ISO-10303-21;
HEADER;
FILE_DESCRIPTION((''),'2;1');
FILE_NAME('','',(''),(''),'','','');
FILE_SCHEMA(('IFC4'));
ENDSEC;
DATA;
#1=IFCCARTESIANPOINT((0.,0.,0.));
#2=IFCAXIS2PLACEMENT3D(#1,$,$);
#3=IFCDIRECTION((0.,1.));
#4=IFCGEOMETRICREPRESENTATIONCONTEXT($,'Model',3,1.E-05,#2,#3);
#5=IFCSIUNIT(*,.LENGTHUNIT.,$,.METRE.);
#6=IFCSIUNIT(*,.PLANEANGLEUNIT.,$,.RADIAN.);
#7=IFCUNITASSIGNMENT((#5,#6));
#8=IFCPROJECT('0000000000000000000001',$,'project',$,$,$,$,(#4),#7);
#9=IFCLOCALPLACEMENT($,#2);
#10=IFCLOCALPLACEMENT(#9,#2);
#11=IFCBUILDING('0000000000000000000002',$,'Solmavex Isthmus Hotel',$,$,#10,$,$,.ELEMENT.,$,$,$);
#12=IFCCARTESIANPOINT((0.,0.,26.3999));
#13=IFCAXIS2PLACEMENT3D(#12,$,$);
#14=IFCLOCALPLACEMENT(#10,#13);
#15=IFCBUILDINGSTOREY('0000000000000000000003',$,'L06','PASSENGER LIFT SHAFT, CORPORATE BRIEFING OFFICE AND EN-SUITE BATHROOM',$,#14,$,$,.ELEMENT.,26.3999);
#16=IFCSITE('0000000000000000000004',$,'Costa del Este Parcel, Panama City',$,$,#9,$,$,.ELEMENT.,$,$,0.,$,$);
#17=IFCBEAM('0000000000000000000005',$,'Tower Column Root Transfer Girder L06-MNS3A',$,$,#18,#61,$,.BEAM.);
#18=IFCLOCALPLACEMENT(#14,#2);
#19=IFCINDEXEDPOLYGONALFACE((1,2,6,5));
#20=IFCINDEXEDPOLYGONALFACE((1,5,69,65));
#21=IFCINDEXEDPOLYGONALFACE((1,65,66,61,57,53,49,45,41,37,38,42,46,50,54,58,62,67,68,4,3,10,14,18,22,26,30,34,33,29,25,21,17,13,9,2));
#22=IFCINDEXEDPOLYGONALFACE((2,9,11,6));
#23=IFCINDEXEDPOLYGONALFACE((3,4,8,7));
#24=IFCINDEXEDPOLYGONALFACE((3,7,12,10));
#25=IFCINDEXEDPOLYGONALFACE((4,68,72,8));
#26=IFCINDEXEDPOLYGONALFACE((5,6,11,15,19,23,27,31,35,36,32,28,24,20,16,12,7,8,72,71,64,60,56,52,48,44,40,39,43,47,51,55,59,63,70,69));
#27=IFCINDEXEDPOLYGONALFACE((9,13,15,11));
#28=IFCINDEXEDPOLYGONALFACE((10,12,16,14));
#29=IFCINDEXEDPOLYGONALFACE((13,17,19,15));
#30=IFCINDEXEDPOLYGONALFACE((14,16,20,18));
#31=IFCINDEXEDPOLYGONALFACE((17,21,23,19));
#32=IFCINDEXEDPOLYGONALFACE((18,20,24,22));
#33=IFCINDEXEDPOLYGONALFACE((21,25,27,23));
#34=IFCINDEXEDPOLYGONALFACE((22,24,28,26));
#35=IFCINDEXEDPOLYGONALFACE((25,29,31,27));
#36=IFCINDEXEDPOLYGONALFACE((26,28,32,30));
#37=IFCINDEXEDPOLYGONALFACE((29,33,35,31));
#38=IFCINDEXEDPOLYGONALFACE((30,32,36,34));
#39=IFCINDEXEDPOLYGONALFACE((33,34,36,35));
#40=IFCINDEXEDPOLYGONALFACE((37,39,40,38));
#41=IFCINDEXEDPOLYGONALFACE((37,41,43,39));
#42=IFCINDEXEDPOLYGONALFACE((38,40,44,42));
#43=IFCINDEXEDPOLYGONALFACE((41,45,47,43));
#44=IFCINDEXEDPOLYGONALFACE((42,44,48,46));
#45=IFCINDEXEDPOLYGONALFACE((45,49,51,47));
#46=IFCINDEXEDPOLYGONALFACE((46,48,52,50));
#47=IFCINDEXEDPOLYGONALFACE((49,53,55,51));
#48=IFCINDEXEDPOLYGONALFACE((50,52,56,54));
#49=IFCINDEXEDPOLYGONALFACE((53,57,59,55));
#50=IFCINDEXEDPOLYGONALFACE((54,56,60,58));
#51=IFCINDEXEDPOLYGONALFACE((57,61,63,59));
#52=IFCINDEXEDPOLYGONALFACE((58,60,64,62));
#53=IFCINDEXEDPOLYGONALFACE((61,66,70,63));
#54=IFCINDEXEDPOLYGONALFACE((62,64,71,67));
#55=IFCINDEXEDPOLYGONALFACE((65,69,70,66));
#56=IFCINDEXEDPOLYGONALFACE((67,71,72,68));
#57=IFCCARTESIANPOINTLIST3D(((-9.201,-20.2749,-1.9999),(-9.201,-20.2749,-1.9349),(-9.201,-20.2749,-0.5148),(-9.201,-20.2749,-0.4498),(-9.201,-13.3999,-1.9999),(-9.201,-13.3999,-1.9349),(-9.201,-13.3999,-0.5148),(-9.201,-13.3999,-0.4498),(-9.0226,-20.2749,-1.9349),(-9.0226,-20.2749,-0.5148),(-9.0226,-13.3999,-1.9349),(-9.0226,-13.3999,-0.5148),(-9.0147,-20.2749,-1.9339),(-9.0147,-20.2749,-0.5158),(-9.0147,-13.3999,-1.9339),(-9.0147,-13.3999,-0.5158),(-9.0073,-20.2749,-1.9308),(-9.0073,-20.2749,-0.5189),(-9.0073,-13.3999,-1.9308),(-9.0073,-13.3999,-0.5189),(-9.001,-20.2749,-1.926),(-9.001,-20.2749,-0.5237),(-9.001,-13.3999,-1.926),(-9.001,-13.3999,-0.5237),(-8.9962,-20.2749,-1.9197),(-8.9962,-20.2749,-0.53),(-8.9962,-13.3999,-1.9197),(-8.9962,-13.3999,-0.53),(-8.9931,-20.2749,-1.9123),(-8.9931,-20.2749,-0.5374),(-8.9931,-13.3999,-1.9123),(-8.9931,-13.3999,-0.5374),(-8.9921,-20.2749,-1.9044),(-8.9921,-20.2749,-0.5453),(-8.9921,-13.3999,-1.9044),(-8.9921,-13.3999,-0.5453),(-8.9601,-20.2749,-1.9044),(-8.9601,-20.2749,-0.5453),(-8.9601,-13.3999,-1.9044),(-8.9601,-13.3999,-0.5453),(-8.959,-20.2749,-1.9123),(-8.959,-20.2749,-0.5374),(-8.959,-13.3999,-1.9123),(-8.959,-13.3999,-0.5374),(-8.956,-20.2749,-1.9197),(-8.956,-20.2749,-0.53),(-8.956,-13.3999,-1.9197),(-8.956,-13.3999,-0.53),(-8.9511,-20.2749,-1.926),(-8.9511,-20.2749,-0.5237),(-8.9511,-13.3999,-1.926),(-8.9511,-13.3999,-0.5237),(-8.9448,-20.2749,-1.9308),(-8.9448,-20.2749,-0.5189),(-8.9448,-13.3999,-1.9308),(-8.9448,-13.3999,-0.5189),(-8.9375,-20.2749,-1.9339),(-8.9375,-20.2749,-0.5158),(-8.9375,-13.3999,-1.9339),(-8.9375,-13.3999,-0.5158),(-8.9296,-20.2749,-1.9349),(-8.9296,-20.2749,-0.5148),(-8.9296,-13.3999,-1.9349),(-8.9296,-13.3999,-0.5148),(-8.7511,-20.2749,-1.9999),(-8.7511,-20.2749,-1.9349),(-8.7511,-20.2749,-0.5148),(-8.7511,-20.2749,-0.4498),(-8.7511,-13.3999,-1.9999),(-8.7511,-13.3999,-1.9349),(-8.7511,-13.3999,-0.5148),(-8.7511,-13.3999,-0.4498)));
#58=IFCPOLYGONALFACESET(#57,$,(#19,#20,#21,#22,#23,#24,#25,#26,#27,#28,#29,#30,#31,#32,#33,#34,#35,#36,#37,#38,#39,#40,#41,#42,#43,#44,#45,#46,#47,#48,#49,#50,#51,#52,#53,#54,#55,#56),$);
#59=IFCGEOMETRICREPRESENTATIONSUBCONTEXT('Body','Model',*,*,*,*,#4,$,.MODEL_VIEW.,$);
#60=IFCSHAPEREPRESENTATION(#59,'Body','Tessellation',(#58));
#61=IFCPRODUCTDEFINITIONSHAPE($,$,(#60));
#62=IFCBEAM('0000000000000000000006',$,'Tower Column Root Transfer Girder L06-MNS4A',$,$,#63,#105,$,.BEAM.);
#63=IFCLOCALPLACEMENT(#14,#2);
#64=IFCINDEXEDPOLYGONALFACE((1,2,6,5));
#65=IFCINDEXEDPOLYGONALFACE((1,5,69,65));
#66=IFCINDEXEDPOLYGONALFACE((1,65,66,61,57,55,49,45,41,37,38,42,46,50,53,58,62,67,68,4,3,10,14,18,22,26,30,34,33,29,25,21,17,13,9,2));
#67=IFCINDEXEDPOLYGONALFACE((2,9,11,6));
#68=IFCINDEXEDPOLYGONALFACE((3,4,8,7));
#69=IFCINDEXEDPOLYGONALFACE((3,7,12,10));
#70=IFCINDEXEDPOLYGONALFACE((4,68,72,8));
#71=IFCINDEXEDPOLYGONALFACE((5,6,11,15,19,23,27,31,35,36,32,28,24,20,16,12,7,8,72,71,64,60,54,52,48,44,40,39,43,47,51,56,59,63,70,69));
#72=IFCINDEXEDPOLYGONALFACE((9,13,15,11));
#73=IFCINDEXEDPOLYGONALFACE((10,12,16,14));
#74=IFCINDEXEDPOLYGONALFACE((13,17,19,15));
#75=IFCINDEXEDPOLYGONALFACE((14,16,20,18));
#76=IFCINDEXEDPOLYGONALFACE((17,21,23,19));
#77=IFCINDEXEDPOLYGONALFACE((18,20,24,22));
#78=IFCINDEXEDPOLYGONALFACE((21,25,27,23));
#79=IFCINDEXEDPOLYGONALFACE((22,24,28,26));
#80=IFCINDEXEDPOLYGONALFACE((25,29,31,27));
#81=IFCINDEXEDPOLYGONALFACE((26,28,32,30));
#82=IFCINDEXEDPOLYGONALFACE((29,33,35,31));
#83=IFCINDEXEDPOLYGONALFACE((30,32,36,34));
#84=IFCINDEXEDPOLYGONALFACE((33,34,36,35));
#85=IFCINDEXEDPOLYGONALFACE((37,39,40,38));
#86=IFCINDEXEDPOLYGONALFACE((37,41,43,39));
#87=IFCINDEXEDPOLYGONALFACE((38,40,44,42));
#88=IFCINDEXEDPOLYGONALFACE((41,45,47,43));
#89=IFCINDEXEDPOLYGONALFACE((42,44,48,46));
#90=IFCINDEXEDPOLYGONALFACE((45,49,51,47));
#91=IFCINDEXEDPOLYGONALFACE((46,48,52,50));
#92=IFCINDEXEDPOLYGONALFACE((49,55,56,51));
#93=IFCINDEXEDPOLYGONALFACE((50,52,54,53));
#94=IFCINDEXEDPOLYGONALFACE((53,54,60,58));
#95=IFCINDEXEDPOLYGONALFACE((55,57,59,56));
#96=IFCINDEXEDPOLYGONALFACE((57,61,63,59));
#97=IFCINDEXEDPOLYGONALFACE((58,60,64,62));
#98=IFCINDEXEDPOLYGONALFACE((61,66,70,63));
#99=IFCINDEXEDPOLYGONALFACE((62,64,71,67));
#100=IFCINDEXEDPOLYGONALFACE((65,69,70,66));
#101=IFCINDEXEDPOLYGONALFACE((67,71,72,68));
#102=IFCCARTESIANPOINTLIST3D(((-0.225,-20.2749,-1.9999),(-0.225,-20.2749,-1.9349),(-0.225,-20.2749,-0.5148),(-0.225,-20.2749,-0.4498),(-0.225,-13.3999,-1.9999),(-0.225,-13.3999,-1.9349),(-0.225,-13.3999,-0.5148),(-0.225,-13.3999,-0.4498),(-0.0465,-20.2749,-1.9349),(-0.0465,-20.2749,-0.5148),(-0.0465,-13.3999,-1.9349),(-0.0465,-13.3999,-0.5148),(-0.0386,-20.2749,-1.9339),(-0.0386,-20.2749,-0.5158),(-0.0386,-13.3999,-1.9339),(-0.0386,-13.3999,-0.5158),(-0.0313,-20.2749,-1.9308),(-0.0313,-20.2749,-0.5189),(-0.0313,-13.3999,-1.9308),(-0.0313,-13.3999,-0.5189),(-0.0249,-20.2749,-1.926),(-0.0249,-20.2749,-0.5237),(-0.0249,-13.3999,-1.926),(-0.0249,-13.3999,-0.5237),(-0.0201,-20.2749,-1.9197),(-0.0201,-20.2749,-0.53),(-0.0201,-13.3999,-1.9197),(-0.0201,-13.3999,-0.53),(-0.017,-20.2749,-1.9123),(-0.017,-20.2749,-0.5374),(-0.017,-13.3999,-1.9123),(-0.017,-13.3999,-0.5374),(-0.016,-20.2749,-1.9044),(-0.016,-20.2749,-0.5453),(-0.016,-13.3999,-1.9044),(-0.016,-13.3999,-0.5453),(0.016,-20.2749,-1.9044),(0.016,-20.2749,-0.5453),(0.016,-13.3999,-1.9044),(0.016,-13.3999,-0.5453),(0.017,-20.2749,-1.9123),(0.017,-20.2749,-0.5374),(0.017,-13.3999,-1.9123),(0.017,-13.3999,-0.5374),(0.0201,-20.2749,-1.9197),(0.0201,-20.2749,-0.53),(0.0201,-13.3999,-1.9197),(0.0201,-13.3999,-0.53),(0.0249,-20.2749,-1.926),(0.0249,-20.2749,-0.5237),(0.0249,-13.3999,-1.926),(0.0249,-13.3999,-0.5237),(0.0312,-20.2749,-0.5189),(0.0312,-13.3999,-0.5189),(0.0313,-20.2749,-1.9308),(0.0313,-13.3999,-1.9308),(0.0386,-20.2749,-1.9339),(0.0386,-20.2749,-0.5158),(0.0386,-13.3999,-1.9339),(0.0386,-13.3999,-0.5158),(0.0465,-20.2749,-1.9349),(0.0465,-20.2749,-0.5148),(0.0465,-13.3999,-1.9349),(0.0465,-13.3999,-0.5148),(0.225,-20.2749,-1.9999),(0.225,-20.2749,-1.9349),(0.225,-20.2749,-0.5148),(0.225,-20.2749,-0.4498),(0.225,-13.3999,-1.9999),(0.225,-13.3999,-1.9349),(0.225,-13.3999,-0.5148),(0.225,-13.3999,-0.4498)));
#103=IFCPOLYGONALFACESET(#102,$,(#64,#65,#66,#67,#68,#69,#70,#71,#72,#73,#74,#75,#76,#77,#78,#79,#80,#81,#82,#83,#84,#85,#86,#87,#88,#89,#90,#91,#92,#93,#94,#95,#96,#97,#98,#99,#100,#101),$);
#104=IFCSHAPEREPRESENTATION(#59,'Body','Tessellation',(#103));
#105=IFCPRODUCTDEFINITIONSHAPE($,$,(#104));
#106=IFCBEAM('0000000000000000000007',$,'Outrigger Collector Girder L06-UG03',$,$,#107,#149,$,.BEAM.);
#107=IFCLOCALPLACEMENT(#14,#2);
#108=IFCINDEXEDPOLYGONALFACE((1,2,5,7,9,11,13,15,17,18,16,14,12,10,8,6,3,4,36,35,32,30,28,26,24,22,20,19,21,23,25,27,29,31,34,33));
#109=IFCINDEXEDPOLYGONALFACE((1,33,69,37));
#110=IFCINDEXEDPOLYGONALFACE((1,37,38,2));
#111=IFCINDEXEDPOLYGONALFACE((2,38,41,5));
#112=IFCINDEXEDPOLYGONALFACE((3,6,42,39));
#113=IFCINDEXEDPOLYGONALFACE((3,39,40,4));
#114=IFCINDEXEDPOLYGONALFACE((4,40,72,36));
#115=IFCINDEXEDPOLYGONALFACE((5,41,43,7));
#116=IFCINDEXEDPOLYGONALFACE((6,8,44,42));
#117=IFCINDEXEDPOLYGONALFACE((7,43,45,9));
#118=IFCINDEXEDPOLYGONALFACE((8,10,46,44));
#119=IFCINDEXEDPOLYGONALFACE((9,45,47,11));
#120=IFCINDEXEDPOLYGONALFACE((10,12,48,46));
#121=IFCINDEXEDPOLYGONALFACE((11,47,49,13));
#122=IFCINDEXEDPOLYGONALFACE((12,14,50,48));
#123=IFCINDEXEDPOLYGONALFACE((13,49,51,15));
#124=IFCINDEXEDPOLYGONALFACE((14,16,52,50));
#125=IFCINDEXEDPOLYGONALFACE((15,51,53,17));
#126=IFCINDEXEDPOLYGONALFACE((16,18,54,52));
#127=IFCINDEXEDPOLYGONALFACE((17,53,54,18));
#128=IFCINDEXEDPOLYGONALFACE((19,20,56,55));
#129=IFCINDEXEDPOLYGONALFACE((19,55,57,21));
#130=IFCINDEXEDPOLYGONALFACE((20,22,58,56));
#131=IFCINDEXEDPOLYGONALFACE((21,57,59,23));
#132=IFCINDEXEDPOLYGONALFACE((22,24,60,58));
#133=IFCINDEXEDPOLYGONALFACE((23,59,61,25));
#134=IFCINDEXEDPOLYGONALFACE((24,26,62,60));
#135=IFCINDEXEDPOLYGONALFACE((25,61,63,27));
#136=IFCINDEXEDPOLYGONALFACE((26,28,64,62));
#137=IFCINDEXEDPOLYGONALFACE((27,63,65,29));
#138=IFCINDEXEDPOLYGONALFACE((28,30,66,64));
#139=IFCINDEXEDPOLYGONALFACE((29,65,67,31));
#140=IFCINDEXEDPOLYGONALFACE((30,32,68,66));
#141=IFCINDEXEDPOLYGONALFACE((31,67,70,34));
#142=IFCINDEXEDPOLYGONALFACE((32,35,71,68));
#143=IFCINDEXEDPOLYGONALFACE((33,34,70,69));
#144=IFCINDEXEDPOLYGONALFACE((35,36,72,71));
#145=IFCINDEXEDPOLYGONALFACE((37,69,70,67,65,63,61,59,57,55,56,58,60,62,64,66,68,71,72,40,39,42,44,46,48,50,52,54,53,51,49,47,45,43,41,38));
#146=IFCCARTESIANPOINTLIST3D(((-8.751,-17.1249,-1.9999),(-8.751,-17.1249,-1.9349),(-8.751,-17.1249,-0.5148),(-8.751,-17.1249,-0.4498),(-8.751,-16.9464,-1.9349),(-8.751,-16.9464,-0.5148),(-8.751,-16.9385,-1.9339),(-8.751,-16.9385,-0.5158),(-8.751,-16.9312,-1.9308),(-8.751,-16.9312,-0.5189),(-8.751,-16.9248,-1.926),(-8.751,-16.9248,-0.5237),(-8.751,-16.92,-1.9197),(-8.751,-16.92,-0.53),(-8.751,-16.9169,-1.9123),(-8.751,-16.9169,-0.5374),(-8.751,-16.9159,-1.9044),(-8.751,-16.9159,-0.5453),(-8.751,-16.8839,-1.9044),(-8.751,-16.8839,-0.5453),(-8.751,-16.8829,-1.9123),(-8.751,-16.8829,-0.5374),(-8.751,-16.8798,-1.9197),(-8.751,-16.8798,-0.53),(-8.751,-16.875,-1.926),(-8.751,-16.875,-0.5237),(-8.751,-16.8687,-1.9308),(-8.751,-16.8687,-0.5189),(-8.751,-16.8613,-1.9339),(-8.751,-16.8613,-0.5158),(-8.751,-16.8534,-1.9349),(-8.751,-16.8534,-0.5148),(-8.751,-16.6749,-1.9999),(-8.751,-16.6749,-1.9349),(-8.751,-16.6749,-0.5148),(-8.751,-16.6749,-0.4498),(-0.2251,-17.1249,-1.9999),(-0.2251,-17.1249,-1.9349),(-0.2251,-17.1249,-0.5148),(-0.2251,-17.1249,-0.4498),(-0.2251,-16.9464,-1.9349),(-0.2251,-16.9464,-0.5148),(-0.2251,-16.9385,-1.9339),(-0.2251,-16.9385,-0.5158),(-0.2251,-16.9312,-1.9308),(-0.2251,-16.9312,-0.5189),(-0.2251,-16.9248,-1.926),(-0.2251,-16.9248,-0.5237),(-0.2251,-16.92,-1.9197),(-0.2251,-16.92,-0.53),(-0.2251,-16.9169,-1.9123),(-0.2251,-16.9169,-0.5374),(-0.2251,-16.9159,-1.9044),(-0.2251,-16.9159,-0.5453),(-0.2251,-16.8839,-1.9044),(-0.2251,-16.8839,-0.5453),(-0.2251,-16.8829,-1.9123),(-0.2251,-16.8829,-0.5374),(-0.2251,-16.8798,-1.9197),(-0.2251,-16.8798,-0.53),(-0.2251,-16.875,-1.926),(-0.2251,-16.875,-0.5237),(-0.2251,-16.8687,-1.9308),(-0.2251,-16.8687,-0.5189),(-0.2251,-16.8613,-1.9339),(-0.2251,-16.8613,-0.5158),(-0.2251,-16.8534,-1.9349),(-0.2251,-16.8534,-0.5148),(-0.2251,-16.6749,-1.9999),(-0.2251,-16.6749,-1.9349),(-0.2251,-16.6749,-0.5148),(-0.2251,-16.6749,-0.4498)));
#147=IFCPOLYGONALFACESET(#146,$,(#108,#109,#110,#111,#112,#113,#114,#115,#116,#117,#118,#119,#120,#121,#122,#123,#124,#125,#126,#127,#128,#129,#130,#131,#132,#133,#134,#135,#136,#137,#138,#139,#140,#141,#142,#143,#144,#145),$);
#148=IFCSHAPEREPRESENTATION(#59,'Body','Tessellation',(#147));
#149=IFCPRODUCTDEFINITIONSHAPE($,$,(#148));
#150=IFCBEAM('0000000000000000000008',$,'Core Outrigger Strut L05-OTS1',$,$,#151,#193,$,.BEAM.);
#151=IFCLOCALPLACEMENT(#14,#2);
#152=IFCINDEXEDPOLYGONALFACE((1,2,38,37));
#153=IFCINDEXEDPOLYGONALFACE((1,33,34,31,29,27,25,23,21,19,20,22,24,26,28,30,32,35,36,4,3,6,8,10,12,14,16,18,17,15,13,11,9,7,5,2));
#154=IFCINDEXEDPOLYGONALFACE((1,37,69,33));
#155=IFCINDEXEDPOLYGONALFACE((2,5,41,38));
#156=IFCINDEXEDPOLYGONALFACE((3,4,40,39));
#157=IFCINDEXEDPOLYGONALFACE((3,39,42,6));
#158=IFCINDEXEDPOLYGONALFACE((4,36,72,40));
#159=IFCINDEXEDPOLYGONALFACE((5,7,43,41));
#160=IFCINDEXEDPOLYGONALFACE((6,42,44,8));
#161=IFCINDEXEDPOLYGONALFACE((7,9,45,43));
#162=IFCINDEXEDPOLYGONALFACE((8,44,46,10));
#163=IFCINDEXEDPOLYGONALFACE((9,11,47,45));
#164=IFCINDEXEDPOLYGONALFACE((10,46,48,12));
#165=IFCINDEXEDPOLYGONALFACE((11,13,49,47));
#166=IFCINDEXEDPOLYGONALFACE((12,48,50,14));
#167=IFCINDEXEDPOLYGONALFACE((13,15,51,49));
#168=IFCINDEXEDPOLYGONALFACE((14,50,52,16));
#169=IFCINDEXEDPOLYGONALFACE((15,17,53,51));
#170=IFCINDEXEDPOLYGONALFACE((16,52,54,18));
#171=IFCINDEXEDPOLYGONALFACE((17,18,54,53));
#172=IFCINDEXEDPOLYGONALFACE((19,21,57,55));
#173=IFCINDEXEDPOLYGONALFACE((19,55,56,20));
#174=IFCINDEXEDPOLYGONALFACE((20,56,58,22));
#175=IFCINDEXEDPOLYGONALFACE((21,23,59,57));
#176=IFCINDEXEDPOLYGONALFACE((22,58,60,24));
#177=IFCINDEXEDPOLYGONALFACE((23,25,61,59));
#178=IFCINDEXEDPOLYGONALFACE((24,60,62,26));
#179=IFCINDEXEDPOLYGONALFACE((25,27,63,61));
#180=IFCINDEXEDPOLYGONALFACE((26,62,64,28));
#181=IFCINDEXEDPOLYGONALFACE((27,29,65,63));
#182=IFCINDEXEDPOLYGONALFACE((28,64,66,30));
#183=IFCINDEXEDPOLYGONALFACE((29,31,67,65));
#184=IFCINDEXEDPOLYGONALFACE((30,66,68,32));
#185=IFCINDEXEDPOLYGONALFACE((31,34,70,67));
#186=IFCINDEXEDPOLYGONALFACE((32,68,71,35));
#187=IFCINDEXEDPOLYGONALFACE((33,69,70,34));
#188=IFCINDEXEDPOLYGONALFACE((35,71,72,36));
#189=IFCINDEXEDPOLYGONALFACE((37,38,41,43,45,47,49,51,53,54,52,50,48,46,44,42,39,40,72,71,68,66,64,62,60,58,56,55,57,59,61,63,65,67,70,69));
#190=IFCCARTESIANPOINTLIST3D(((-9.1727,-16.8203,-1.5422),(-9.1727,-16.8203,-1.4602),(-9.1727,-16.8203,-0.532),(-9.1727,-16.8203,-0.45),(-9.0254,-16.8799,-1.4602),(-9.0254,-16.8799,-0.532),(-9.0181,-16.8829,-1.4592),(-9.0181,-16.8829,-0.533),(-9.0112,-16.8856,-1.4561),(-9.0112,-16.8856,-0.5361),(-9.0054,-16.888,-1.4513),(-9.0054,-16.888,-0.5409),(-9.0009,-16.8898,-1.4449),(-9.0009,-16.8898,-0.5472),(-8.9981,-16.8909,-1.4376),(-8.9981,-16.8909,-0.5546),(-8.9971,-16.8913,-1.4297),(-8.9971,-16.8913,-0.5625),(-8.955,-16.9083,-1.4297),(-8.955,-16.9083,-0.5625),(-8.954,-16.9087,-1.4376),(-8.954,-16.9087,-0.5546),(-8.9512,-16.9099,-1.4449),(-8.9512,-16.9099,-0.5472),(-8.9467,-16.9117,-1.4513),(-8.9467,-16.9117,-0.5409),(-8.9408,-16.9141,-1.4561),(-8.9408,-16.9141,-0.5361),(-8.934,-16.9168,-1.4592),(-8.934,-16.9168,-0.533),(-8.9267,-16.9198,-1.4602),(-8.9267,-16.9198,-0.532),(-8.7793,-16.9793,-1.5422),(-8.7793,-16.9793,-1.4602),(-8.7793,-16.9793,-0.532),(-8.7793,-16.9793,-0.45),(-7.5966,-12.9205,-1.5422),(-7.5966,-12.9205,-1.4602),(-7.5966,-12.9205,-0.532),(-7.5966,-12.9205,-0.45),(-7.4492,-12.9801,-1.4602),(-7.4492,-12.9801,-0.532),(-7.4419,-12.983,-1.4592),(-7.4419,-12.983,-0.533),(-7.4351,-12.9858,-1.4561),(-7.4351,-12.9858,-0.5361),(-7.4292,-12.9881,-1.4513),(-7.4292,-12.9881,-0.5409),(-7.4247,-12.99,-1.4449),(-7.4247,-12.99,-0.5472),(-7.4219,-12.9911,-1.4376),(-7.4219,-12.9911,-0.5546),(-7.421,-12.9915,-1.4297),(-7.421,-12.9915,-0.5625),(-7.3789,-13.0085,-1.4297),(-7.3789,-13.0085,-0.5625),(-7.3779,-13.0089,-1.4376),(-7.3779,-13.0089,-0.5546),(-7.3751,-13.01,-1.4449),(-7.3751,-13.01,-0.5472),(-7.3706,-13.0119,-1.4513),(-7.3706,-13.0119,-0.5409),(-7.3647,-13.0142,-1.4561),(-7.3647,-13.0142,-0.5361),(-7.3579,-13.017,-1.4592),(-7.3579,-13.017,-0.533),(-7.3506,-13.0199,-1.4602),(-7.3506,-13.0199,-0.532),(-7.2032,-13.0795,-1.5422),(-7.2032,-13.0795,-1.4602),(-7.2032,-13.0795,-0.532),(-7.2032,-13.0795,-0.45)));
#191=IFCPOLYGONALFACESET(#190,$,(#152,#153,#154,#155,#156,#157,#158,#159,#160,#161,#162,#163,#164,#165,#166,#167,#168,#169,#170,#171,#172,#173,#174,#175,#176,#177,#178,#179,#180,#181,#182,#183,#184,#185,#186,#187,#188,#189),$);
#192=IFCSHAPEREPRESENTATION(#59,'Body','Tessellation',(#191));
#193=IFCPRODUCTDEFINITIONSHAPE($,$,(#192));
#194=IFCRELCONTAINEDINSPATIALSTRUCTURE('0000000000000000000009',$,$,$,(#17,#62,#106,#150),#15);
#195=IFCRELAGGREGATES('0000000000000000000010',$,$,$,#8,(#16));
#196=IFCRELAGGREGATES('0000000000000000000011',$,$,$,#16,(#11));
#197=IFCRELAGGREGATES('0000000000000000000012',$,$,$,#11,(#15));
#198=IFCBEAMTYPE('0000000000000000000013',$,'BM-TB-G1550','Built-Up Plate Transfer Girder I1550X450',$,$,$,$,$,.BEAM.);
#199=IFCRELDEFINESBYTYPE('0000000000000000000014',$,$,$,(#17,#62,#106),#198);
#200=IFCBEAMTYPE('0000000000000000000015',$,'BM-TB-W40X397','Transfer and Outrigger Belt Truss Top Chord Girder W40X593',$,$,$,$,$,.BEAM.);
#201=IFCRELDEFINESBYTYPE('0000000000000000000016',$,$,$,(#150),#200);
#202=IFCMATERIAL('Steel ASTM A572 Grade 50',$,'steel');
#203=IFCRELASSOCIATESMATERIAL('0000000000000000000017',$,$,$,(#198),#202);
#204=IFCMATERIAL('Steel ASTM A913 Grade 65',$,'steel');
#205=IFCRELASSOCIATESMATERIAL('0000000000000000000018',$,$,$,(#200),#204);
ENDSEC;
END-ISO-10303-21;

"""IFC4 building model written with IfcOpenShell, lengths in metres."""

from ifc_helpers import new_model, si_unit, direction, frame, origin, origin_2d, place, context, subcontext, project, spatial, i_section, extrude, material, material_profile, profile_set, type_object, element, save


model = new_model("IFC4")

# Units and contexts
model_context = context("Model", 3, precision=1e-05, world=origin(), true_north=direction((0.0, 1.0)))
body_context = subcontext(model_context, "Body", "Model", "MODEL_VIEW")
ifc_project = project(units=[si_unit("LENGTHUNIT", "METRE"), si_unit("PLANEANGLEUNIT", "RADIAN")], contexts=[model_context])

# Site, building, storey
site_placement = place(None, origin())
site = spatial("IfcSite", under=ifc_project, at=site_placement, Name="Costa del Este Parcel, Panama City", CompositionType="ELEMENT", RefElevation=0.0)
building_placement = place(site_placement, origin())
building = spatial("IfcBuilding", under=site, at=building_placement, Name="Solmavex Isthmus Hotel", CompositionType="ELEMENT")
storey_placement = place(building_placement, frame((0.0, 0.0, 26.3999)))
storey = spatial("IfcBuildingStorey", under=building, at=storey_placement, Name="L06", Description="PASSENGER LIFT SHAFT, CORPORATE BRIEFING OFFICE AND EN-SUITE BATHROOM", CompositionType="ELEMENT", Elevation=26.3999)

# Shared definitions
ifc_material_1 = material(Name="Steel ASTM A913 Grade 65", Category="steel")

# Beams
ifc_material_2 = material(Name="Steel ASTM A572 Grade 50", Category="steel")
ifc_material_profile_1 = material_profile(ifc_material_2, i_section(OverallWidth=0.45, OverallDepth=1.55, WebThickness=0.032, FlangeThickness=0.0649, FilletRadius=0.0305, at=origin_2d()), Name="I1550X450")
ifc_profile_set_1 = profile_set([ifc_material_profile_1], Name="Steel ASTM A572 Grade 50")
beam_type_1 = type_object("IfcBeamType", Name="BM-TB-G1550", Description="Built-Up Plate Transfer Girder I1550X450", PredefinedType="BEAM", material=ifc_profile_set_1)
for number, where, z_axis, x_axis, name in (
    (1, (-8.9761, -20.2749, -1.2249), (0.0, 1.0, 0.0), (-1.0, 0.0, 0.0), "Tower Column Root Transfer Girder L06-MNS3A"),
    (2, (0.0, -20.2749, -1.2249), (0.0, 1.0, 0.0), (-1.0, 0.0, 0.0), "Tower Column Root Transfer Girder L06-MNS4A"),
):
    element("IfcBeam", number, at=place(storey_placement, frame(where, z_axis=z_axis, x_axis=x_axis)), inside=storey, type_object=beam_type_1, Name=name, PredefinedType="BEAM", context=body_context, shape_type="SweptSolid", body=[
        extrude(i_section(OverallWidth=0.45, OverallDepth=1.55, WebThickness=0.032, FlangeThickness=0.0649, FilletRadius=0.0305, at=origin_2d()), origin(), (0.0, 0.0, 1.0), 6.875),
    ])
beam_1_placement = place(storey_placement, frame((-8.751, -16.8999, -1.2249), z_axis=(1.0, 0.0, 0.0), x_axis=(0.0, 1.0, 0.0)))
element("IfcBeam", 3, at=beam_1_placement, inside=storey, type_object=beam_type_1, Name="Outrigger Collector Girder L06-UG03", PredefinedType="BEAM", context=body_context, shape_type="SweptSolid", body=[
    extrude(i_section(OverallWidth=0.45, OverallDepth=1.55, WebThickness=0.032, FlangeThickness=0.0649, FilletRadius=0.0305, at=origin_2d()), origin(), (0.0, 0.0, 1.0), 8.5259),
])
ifc_material_profile_2 = material_profile(ifc_material_1, i_section(OverallWidth=0.4243, OverallDepth=1.0923, WebThickness=0.0454, FlangeThickness=0.082, FilletRadius=0.0305, at=origin_2d()), Name="W40X593")
ifc_profile_set_2 = profile_set([ifc_material_profile_2], Name="Steel ASTM A913 Grade 65")
beam_type_2 = type_object("IfcBeamType", Name="BM-TB-W40X397", Description="Transfer and Outrigger Belt Truss Top Chord Girder W40X593", PredefinedType="BEAM", material=ifc_profile_set_2)
beam_2_placement = place(storey_placement, frame((-7.3999, -13.0, -0.9961), z_axis=(-0.374711, -0.927142, 0.0), x_axis=(0.927142, -0.374711, 0.0)))
element("IfcBeam", 4, at=beam_2_placement, inside=storey, type_object=beam_type_2, Name="Core Outrigger Strut L05-OTS1", PredefinedType="BEAM", context=body_context, shape_type="SweptSolid", body=[
    extrude(i_section(OverallWidth=0.4243, OverallDepth=1.0923, WebThickness=0.0454, FlangeThickness=0.082, FilletRadius=0.0305, at=origin_2d()), origin(), (0.0, 0.0, 1.0), 4.2063),
])

save(model, "model.ifc")
